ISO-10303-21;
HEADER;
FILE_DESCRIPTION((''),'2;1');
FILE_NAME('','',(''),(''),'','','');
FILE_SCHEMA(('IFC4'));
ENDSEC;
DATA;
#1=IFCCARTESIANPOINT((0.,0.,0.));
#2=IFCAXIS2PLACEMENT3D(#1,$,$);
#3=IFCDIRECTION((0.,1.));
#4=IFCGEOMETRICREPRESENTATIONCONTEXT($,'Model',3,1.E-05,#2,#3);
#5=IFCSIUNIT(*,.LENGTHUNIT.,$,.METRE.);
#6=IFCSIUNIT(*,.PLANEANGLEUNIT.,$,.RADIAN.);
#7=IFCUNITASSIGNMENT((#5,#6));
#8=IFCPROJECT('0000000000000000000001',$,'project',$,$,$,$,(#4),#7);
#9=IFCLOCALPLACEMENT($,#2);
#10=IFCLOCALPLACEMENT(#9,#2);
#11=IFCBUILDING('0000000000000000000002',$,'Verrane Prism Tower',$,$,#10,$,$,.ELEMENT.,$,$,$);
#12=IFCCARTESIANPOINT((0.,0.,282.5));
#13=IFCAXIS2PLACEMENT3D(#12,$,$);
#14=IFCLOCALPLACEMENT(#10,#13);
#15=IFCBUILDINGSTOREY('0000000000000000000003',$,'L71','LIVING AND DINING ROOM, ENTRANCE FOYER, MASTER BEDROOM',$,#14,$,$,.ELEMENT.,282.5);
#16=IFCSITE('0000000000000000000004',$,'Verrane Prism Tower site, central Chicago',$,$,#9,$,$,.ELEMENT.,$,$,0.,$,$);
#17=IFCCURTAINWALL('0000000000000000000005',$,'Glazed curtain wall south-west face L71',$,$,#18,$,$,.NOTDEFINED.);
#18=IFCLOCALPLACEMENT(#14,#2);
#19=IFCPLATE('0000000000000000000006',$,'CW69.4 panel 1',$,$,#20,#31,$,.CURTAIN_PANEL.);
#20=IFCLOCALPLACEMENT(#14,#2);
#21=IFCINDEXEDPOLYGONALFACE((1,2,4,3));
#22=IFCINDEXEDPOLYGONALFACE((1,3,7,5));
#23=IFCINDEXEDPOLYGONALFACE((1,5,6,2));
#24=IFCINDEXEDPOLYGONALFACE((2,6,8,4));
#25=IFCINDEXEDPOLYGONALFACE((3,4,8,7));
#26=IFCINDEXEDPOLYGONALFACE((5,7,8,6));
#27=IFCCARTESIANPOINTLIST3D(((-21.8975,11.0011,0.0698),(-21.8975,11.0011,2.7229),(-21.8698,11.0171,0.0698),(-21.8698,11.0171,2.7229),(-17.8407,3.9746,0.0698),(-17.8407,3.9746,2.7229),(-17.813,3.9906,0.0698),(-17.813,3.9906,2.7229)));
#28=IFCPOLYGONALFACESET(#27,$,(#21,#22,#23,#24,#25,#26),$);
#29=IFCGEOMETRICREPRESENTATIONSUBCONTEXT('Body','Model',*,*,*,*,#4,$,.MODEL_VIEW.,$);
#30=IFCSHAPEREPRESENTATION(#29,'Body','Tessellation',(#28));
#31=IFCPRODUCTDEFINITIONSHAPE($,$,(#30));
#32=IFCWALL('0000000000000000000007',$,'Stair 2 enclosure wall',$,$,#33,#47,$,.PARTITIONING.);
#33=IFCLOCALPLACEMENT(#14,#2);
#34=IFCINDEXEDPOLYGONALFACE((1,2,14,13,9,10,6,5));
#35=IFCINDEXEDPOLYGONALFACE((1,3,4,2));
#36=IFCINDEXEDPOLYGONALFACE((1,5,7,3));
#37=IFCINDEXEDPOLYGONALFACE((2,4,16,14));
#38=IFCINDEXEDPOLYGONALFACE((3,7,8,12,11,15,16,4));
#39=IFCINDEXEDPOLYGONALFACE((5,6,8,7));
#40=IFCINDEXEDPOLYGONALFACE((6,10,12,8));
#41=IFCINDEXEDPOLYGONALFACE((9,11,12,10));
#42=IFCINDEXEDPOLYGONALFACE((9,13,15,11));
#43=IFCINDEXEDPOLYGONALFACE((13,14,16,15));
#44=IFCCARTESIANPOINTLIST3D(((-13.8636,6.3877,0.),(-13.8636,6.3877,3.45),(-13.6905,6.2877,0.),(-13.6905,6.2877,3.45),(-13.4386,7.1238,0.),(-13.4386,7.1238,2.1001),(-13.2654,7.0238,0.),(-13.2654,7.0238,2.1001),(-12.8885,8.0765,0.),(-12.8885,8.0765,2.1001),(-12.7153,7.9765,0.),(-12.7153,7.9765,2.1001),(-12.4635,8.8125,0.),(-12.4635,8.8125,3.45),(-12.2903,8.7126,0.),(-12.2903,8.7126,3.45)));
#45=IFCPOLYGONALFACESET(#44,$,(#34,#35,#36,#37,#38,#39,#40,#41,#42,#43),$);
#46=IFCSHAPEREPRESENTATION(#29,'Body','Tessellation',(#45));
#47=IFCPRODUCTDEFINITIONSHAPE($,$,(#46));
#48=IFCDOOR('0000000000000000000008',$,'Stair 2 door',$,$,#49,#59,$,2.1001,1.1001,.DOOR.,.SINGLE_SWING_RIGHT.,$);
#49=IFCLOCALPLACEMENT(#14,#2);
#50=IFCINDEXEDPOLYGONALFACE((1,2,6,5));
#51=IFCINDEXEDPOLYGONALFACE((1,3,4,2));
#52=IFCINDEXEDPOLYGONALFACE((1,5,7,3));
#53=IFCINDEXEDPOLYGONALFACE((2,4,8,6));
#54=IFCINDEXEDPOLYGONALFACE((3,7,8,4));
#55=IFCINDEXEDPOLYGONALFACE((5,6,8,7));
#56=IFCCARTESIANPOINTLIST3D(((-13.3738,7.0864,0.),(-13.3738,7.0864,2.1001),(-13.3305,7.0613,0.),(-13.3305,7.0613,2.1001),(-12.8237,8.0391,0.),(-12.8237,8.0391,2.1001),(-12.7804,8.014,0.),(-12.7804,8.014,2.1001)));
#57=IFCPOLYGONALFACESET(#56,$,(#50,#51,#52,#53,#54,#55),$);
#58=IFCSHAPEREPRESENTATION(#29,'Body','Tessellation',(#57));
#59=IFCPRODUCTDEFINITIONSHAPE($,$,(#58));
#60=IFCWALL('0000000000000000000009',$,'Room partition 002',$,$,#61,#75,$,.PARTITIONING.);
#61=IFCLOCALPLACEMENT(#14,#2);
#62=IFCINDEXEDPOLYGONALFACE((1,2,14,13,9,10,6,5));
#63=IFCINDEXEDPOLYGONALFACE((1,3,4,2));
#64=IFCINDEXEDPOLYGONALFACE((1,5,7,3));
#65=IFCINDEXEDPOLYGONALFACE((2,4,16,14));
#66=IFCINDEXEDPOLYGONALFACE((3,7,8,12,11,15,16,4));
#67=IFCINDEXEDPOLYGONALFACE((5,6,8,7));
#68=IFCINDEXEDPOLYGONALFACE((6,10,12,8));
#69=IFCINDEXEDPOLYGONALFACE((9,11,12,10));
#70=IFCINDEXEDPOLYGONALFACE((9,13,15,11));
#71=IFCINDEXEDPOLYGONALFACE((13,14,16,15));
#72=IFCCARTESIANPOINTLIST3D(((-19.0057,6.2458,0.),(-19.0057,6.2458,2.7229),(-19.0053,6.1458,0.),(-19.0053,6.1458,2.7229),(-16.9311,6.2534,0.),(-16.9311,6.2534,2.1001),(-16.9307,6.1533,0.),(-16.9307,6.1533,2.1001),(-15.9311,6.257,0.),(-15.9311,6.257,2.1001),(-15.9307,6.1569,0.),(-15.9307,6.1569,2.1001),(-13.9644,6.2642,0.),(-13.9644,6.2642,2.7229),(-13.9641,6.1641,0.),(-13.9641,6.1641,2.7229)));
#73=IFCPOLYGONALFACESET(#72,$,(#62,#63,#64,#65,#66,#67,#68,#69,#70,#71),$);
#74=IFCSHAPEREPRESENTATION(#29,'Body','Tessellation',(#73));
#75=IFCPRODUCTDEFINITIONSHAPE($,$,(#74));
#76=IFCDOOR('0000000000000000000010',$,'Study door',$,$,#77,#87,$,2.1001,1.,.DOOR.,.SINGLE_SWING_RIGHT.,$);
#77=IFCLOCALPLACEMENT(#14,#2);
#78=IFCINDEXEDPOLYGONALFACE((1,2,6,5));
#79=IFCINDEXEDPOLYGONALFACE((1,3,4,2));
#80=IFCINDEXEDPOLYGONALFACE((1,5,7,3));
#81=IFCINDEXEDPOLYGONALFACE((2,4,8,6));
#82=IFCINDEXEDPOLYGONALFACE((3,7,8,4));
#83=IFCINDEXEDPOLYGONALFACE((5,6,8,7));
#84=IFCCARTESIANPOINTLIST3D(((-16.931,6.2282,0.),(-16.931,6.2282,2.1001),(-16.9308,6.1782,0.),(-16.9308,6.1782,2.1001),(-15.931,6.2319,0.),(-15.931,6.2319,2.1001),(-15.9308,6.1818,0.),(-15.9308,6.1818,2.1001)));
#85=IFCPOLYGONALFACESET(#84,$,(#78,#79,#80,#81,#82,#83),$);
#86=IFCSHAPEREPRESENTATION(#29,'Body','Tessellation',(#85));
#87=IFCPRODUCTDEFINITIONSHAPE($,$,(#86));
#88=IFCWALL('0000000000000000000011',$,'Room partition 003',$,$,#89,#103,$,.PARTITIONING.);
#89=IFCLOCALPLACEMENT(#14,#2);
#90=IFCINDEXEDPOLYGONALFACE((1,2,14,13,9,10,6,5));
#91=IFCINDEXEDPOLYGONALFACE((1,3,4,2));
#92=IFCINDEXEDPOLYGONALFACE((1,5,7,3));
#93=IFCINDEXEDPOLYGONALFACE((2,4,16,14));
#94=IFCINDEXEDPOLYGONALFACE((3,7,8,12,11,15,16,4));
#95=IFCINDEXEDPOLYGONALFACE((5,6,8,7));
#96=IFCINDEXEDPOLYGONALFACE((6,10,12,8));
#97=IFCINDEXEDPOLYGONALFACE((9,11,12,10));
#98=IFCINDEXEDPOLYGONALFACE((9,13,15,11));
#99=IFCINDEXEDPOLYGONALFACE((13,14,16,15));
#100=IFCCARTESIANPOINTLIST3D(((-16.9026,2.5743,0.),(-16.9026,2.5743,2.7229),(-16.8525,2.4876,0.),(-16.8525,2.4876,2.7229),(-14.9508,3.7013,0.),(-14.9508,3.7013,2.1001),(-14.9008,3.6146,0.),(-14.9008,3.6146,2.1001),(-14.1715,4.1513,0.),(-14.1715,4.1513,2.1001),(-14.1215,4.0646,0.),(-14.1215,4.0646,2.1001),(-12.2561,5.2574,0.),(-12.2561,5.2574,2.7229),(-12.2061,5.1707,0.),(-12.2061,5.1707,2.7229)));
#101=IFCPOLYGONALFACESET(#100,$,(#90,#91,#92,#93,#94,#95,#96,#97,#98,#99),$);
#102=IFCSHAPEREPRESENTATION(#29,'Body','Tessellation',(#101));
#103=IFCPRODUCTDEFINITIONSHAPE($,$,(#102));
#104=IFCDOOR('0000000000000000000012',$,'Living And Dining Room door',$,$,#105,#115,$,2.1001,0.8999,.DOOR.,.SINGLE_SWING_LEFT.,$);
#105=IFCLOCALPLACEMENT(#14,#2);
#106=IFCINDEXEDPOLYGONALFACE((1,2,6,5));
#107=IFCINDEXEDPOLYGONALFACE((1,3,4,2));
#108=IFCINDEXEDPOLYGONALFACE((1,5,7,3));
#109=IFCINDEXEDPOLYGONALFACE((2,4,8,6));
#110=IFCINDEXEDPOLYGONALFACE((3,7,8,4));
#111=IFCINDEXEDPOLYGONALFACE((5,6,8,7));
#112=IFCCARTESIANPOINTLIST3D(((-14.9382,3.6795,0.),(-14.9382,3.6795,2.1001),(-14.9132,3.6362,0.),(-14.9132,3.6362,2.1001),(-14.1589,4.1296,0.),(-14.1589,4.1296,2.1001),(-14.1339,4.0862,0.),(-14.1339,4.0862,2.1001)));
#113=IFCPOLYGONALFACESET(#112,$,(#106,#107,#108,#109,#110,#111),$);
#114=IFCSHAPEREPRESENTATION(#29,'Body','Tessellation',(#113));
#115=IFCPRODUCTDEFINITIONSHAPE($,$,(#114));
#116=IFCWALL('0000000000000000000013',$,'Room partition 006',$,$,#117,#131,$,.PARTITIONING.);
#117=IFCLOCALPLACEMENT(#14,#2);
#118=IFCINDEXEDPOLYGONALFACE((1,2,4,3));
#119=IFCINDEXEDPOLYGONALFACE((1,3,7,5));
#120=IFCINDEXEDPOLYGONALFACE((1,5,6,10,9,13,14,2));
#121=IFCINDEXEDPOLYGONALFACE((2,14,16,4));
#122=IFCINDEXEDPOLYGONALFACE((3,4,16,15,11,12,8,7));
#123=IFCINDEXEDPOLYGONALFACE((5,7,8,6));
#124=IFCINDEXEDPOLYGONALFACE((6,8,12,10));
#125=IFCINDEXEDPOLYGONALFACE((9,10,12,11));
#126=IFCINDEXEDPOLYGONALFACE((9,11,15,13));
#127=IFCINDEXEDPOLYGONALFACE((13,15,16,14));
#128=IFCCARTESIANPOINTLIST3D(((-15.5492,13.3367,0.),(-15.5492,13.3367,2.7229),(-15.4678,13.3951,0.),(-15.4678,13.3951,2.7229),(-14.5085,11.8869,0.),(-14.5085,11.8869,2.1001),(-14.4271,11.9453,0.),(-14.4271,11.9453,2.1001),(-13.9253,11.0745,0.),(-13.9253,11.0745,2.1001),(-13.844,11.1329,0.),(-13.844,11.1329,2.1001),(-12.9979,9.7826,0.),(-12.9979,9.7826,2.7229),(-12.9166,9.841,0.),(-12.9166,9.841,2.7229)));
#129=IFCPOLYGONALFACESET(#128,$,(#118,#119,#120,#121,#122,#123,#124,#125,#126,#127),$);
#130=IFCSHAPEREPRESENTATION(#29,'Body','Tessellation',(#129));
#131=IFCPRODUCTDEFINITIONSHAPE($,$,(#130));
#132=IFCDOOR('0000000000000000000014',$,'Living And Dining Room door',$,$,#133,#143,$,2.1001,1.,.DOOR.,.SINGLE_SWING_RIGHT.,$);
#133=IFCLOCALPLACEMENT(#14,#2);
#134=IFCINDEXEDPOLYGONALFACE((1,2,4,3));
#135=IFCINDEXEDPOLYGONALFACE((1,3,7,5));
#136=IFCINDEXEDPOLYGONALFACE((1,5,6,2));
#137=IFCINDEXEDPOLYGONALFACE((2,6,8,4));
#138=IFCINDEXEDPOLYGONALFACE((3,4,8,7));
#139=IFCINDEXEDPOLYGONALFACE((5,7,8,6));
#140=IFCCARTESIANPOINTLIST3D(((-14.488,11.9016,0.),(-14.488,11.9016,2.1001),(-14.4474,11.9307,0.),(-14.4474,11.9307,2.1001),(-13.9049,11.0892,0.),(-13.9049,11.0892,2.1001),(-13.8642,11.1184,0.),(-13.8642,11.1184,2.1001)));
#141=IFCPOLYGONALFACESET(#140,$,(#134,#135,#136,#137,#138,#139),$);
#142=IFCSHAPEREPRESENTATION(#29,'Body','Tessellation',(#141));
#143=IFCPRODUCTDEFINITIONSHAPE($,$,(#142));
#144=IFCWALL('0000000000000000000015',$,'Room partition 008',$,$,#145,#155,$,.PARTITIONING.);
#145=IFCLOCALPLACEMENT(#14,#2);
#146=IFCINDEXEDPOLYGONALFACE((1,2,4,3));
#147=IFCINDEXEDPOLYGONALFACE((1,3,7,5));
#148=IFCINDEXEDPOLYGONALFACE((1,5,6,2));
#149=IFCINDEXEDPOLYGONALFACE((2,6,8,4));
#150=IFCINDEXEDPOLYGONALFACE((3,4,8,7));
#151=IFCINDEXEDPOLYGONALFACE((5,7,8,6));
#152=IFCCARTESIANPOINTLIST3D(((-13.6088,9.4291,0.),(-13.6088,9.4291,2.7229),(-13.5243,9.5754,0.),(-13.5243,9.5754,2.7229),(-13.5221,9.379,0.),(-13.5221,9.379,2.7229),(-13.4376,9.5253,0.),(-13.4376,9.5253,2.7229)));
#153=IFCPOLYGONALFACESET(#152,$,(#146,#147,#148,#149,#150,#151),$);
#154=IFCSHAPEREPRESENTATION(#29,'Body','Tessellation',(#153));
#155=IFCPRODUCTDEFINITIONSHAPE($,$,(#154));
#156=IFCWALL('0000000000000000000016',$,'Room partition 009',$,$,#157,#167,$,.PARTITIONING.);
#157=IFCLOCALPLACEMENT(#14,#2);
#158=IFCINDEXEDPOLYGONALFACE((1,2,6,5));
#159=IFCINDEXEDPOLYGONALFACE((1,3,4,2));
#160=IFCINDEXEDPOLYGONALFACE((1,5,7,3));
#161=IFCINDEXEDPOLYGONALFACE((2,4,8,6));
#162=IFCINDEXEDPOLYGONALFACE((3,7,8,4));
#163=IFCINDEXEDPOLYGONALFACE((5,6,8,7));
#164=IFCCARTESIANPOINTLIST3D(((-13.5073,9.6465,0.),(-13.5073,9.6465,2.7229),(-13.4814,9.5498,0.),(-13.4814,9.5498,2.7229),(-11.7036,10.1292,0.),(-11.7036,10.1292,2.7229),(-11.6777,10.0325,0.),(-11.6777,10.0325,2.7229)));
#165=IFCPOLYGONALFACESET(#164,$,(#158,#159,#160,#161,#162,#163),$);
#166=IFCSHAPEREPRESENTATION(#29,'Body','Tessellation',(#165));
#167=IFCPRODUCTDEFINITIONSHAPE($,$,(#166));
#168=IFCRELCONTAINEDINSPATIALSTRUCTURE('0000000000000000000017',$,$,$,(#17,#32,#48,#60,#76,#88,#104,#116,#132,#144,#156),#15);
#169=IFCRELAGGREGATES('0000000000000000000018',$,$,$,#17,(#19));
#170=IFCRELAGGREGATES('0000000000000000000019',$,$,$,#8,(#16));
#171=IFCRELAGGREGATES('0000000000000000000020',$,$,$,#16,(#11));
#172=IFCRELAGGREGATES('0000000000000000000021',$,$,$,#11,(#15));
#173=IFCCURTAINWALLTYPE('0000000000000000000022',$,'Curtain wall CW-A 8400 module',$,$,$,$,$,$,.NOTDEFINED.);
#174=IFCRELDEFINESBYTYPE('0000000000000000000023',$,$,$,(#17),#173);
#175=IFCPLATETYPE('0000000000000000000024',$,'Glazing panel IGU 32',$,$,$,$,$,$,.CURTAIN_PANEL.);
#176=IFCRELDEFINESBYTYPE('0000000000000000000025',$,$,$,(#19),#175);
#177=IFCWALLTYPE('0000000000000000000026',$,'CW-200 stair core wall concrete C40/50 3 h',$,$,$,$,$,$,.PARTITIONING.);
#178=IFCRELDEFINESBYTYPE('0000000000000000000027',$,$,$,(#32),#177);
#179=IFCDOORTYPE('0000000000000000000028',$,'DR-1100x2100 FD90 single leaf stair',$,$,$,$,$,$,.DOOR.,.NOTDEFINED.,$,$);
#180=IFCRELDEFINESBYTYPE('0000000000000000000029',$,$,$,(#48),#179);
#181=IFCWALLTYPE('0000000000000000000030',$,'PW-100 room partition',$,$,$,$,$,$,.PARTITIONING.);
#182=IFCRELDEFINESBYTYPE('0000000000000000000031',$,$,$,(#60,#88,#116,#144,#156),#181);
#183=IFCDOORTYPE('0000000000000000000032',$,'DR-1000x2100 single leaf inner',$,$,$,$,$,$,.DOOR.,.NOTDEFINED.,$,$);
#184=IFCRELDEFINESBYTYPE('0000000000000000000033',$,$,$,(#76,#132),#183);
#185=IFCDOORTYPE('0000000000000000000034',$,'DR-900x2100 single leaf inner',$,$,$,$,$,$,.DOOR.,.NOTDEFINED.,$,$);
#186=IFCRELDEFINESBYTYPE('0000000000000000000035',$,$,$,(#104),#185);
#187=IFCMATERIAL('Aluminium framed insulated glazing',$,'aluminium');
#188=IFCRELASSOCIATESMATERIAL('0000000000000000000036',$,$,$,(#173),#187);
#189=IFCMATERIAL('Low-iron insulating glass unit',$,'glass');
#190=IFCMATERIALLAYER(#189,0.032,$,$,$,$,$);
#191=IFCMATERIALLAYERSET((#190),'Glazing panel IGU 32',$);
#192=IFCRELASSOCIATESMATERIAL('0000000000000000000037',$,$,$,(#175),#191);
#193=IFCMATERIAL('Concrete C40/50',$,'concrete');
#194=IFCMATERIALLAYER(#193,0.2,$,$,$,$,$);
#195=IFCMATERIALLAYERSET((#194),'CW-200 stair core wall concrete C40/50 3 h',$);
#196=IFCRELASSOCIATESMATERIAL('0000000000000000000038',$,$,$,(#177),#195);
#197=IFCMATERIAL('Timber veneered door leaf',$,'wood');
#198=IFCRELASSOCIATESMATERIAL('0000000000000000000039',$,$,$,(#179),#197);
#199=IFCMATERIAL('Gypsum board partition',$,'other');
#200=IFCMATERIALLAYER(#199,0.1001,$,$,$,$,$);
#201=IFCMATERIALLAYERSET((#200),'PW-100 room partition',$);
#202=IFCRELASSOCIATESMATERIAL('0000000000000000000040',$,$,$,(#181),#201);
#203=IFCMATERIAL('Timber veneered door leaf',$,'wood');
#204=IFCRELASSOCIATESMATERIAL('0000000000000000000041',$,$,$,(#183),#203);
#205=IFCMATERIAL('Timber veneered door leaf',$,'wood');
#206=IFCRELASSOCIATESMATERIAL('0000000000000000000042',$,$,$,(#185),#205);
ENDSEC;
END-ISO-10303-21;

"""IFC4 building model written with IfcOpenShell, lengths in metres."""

from ifc_helpers import new_model, si_unit, direction, frame, frame_2d, origin, origin_2d, place, context, subcontext, project, spatial, rectangle, extrude, material, layer, layer_set, type_object, element, fill, aggregate, save


model = new_model("IFC4")

# Units and contexts
model_context = context("Model", 3, precision=1e-05, world=origin(), true_north=direction((0.0, 1.0)))
body_context = subcontext(model_context, "Body", "Model", "MODEL_VIEW")
ifc_project = project(units=[si_unit("LENGTHUNIT", "METRE"), si_unit("PLANEANGLEUNIT", "RADIAN")], contexts=[model_context])

# Site, building, storey
site_placement = place(None, origin())
site = spatial("IfcSite", under=ifc_project, at=site_placement, Name="Verrane Prism Tower site, central Chicago", CompositionType="ELEMENT", RefElevation=0.0)
building_placement = place(site_placement, origin())
building = spatial("IfcBuilding", under=site, at=building_placement, Name="Verrane Prism Tower", CompositionType="ELEMENT")
storey_placement = place(building_placement, frame((0.0, 0.0, 282.5)))
storey = spatial("IfcBuildingStorey", under=building, at=storey_placement, Name="L71", Description="LIVING AND DINING ROOM, ENTRANCE FOYER, MASTER BEDROOM", CompositionType="ELEMENT", Elevation=282.5)

# Curtain wall
ifc_material_1 = material(Name="Aluminium framed insulated glazing", Category="aluminium")
curtain_wall_type = type_object("IfcCurtainWallType", Name="Curtain wall CW-A 8400 module", PredefinedType="NOTDEFINED", material=ifc_material_1)
curtain_wall_placement = place(storey_placement, origin())
curtain_wall = element("IfcCurtainWall", 1, at=curtain_wall_placement, inside=storey, type_object=curtain_wall_type, Name="Glazed curtain wall south-west face L71", PredefinedType="NOTDEFINED")

# Plate
ifc_material_2 = material(Name="Low-iron insulating glass unit", Category="glass")
ifc_layer_1 = layer(ifc_material_2, 0.032)
ifc_layer_set_1 = layer_set([ifc_layer_1], Name="Glazing panel IGU 32")
plate_type = type_object("IfcPlateType", Name="Glazing panel IGU 32", PredefinedType="CURTAIN_PANEL", material=ifc_layer_set_1)
plate_placement = place(storey_placement, frame((-19.8552, 7.4958, 0.0698), z_axis=(0.0, 0.0, 1.0), x_axis=(0.500001, -0.866025, 0.0)))
plate = element("IfcPlate", 2, at=plate_placement, type_object=plate_type, Name="CW69.4 panel 1", PredefinedType="CURTAIN_PANEL", context=body_context, shape_type="SweptSolid", body=[
    extrude(rectangle(XDim=8.1135, YDim=0.032, at=origin_2d()), origin(), (0.0, 0.0, 1.0), 2.6531),
])
aggregate(curtain_wall, [plate])

# Walls, openings, doors
ifc_material_3 = material(Name="Concrete C40/50", Category="concrete")
ifc_layer_2 = layer(ifc_material_3, 0.2)
ifc_layer_set_2 = layer_set([ifc_layer_2], Name="CW-200 stair core wall concrete C40/50 3 h")
wall_type_1 = type_object("IfcWallType", Name="CW-200 stair core wall concrete C40/50 3 h", PredefinedType="PARTITIONING", material=ifc_layer_set_2)
wall_1_placement = place(storey_placement, frame((-12.377, 8.7625, 0.0), z_axis=(0.0, 0.0, 1.0), x_axis=(-0.50005, -0.865997, 0.0)))
wall_1 = element("IfcWall", 3, at=wall_1_placement, inside=storey, type_object=wall_type_1, Name="Stair 2 enclosure wall", PredefinedType="PARTITIONING", context=body_context, shape_type="SweptSolid", body=[
    extrude(rectangle(XDim=2.8, YDim=0.2, at=frame_2d((1.3999, 0.0))), origin(), (0.0, 0.0, 1.0), 3.45),
])
opening_1_placement = place(wall_1_placement, frame((0.8499, 0.0, 0.0)))
opening_1 = element("IfcOpeningElement", 4, at=opening_1_placement, cuts=wall_1, PredefinedType="OPENING", context=body_context, shape_type="SweptSolid", body=[
    extrude(rectangle(XDim=1.1001, YDim=2.1001, at=frame_2d((0.55, 1.05))), frame((0.0, 0.1099, 0.0), z_axis=(0.0, -1.0, 0.0), x_axis=(1.0, 0.0, 0.0)), (0.0, 0.0, 1.0), 0.22),
])
ifc_material_4 = material(Name="Timber veneered door leaf", Category="wood")
door_type_1 = type_object("IfcDoorType", Name="DR-1100x2100 FD90 single leaf stair", OperationType="NOTDEFINED", PredefinedType="DOOR", material=ifc_material_4)
door_1_placement = place(opening_1_placement, origin())
door_1 = element("IfcDoor", 5, at=door_1_placement, inside=storey, type_object=door_type_1, Name="Stair 2 door", OperationType="SINGLE_SWING_RIGHT", OverallHeight=2.1001, OverallWidth=1.1001, PredefinedType="DOOR", context=body_context, shape_type="SweptSolid", body=[
    extrude(rectangle(XDim=1.1001, YDim=2.1001, at=frame_2d((0.55, 1.05))), frame((0.0, 0.0249, 0.0), z_axis=(0.0, -1.0, 0.0), x_axis=(1.0, 0.0, 0.0)), (0.0, 0.0, 1.0), 0.05),
])
fill(opening_1, door_1)
ifc_material_5 = material(Name="Gypsum board partition", Category="other")
ifc_layer_3 = layer(ifc_material_5, 0.1001)
ifc_layer_set_3 = layer_set([ifc_layer_3], Name="PW-100 room partition")
wall_type_2 = type_object("IfcWallType", Name="PW-100 room partition", PredefinedType="PARTITIONING", material=ifc_layer_set_3)
wall_2_placement = place(storey_placement, frame((-19.0054, 6.1958, 0.0), z_axis=(0.0, 0.0, 1.0), x_axis=(0.999993, 0.003632, 0.0)))
wall_2 = element("IfcWall", 6, at=wall_2_placement, inside=storey, type_object=wall_type_2, Name="Room partition 002", PredefinedType="PARTITIONING", context=body_context, shape_type="SweptSolid", body=[
    extrude(rectangle(XDim=5.0413, YDim=0.1001, at=frame_2d((2.5205, 0.0))), origin(), (0.0, 0.0, 1.0), 2.7229),
])
opening_2_placement = place(wall_2_placement, frame((2.0745, 0.0, 0.0)))
opening_2 = element("IfcOpeningElement", 7, at=opening_2_placement, cuts=wall_2, PredefinedType="OPENING", context=body_context, shape_type="SweptSolid", body=[
    extrude(rectangle(XDim=1.0, YDim=2.1001, at=frame_2d((0.5, 1.05))), frame((0.0, 0.0601, 0.0), z_axis=(0.0, -1.0, 0.0), x_axis=(1.0, 0.0, 0.0)), (0.0, 0.0, 1.0), 0.1201),
])
ifc_material_6 = material(Name="Timber veneered door leaf", Category="wood")
door_type_2 = type_object("IfcDoorType", Name="DR-1000x2100 single leaf inner", OperationType="NOTDEFINED", PredefinedType="DOOR", material=ifc_material_6)
door_2_placement = place(opening_2_placement, origin())
door_2 = element("IfcDoor", 8, at=door_2_placement, inside=storey, type_object=door_type_2, Name="Study door", OperationType="SINGLE_SWING_RIGHT", OverallHeight=2.1001, OverallWidth=1.0, PredefinedType="DOOR", context=body_context, shape_type="SweptSolid", body=[
    extrude(rectangle(XDim=1.0, YDim=2.1001, at=frame_2d((0.5, 1.05))), frame((0.0, 0.0249, 0.0), z_axis=(0.0, -1.0, 0.0), x_axis=(1.0, 0.0, 0.0)), (0.0, 0.0, 1.0), 0.05),
])
fill(opening_2, door_2)
wall_3_placement = place(storey_placement, frame((-16.8774, 2.531, 0.0), z_axis=(0.0, 0.0, 1.0), x_axis=(0.865989, 0.500064, 0.0)))
wall_3 = element("IfcWall", 9, at=wall_3_placement, inside=storey, type_object=wall_type_2, Name="Room partition 003", PredefinedType="PARTITIONING", context=body_context, shape_type="SweptSolid", body=[
    extrude(rectangle(XDim=5.3655, YDim=0.1001, at=frame_2d((2.6826, 0.0))), origin(), (0.0, 0.0, 1.0), 2.7229),
])
opening_3_placement = place(wall_3_placement, frame((2.2537, 0.0, 0.0)))
opening_3 = element("IfcOpeningElement", 10, at=opening_3_placement, cuts=wall_3, PredefinedType="OPENING", context=body_context, shape_type="SweptSolid", body=[
    extrude(rectangle(XDim=0.8999, YDim=2.1001, at=frame_2d((0.45, 1.05))), frame((0.0, 0.0601, 0.0), z_axis=(0.0, -1.0, 0.0), x_axis=(1.0, 0.0, 0.0)), (0.0, 0.0, 1.0), 0.1201),
])
ifc_material_7 = material(Name="Timber veneered door leaf", Category="wood")
door_type_3 = type_object("IfcDoorType", Name="DR-900x2100 single leaf inner", OperationType="NOTDEFINED", PredefinedType="DOOR", material=ifc_material_7)
door_3_placement = place(opening_3_placement, origin())
door_3 = element("IfcDoor", 11, at=door_3_placement, inside=storey, type_object=door_type_3, Name="Living And Dining Room door", OperationType="SINGLE_SWING_LEFT", OverallHeight=2.1001, OverallWidth=0.8999, PredefinedType="DOOR", context=body_context, shape_type="SweptSolid", body=[
    extrude(rectangle(XDim=0.8999, YDim=2.1001, at=frame_2d((0.45, 1.05))), frame((0.0, 0.0249, 0.0), z_axis=(0.0, -1.0, 0.0), x_axis=(1.0, 0.0, 0.0)), (0.0, 0.0, 1.0), 0.05),
])
fill(opening_3, door_3)
wall_4_placement = place(storey_placement, frame((-12.9573, 9.8118, 0.0), z_axis=(0.0, 0.0, 1.0), x_axis=(-0.583137, 0.812374, 0.0)))
wall_4 = element("IfcWall", 12, at=wall_4_placement, inside=storey, type_object=wall_type_2, Name="Room partition 006", PredefinedType="PARTITIONING", context=body_context, shape_type="SweptSolid", body=[
    extrude(rectangle(XDim=4.375, YDim=0.1001, at=frame_2d((2.1875, 0.0))), origin(), (0.0, 0.0, 1.0), 2.7229),
])
opening_4_placement = place(wall_4_placement, frame((1.5903, 0.0, 0.0)))
opening_4 = element("IfcOpeningElement", 13, at=opening_4_placement, cuts=wall_4, PredefinedType="OPENING", context=body_context, shape_type="SweptSolid", body=[
    extrude(rectangle(XDim=1.0, YDim=2.1001, at=frame_2d((0.5, 1.05))), frame((0.0, 0.0601, 0.0), z_axis=(0.0, -1.0, 0.0), x_axis=(1.0, 0.0, 0.0)), (0.0, 0.0, 1.0), 0.1201),
])
door_4_placement = place(opening_4_placement, origin())
door_4 = element("IfcDoor", 14, at=door_4_placement, inside=storey, type_object=door_type_2, Name="Living And Dining Room door", OperationType="SINGLE_SWING_RIGHT", OverallHeight=2.1001, OverallWidth=1.0, PredefinedType="DOOR", context=body_context, shape_type="SweptSolid", body=[
    extrude(rectangle(XDim=1.0, YDim=2.1001, at=frame_2d((0.5, 1.05))), frame((0.0, 0.0249, 0.0), z_axis=(0.0, -1.0, 0.0), x_axis=(1.0, 0.0, 0.0)), (0.0, 0.0, 1.0), 0.05),
])
fill(opening_4, door_4)

# Walls
wall_5_placement = place(storey_placement, frame((-13.5654, 9.4041, 0.0), z_axis=(0.0, 0.0, 1.0), x_axis=(0.500181, 0.865921, 0.0)))
element("IfcWall", 15, at=wall_5_placement, inside=storey, type_object=wall_type_2, Name="Room partition 008", PredefinedType="PARTITIONING", context=body_context, shape_type="SweptSolid", body=[
    extrude(rectangle(XDim=0.1689, YDim=0.1001, at=frame_2d((0.0845, 0.0))), origin(), (0.0, 0.0, 1.0), 2.7229),
])
wall_6_placement = place(storey_placement, frame((-13.4944, 9.5981, 0.0), z_axis=(0.0, 0.0, 1.0), x_axis=(0.966011, 0.258501, 0.0)))
element("IfcWall", 16, at=wall_6_placement, inside=storey, type_object=wall_type_2, Name="Room partition 009", PredefinedType="PARTITIONING", context=body_context, shape_type="SweptSolid", body=[
    extrude(rectangle(XDim=1.8672, YDim=0.1001, at=frame_2d((0.9336, 0.0))), origin(), (0.0, 0.0, 1.0), 2.7229),
])

save(model, "model.ifc")
